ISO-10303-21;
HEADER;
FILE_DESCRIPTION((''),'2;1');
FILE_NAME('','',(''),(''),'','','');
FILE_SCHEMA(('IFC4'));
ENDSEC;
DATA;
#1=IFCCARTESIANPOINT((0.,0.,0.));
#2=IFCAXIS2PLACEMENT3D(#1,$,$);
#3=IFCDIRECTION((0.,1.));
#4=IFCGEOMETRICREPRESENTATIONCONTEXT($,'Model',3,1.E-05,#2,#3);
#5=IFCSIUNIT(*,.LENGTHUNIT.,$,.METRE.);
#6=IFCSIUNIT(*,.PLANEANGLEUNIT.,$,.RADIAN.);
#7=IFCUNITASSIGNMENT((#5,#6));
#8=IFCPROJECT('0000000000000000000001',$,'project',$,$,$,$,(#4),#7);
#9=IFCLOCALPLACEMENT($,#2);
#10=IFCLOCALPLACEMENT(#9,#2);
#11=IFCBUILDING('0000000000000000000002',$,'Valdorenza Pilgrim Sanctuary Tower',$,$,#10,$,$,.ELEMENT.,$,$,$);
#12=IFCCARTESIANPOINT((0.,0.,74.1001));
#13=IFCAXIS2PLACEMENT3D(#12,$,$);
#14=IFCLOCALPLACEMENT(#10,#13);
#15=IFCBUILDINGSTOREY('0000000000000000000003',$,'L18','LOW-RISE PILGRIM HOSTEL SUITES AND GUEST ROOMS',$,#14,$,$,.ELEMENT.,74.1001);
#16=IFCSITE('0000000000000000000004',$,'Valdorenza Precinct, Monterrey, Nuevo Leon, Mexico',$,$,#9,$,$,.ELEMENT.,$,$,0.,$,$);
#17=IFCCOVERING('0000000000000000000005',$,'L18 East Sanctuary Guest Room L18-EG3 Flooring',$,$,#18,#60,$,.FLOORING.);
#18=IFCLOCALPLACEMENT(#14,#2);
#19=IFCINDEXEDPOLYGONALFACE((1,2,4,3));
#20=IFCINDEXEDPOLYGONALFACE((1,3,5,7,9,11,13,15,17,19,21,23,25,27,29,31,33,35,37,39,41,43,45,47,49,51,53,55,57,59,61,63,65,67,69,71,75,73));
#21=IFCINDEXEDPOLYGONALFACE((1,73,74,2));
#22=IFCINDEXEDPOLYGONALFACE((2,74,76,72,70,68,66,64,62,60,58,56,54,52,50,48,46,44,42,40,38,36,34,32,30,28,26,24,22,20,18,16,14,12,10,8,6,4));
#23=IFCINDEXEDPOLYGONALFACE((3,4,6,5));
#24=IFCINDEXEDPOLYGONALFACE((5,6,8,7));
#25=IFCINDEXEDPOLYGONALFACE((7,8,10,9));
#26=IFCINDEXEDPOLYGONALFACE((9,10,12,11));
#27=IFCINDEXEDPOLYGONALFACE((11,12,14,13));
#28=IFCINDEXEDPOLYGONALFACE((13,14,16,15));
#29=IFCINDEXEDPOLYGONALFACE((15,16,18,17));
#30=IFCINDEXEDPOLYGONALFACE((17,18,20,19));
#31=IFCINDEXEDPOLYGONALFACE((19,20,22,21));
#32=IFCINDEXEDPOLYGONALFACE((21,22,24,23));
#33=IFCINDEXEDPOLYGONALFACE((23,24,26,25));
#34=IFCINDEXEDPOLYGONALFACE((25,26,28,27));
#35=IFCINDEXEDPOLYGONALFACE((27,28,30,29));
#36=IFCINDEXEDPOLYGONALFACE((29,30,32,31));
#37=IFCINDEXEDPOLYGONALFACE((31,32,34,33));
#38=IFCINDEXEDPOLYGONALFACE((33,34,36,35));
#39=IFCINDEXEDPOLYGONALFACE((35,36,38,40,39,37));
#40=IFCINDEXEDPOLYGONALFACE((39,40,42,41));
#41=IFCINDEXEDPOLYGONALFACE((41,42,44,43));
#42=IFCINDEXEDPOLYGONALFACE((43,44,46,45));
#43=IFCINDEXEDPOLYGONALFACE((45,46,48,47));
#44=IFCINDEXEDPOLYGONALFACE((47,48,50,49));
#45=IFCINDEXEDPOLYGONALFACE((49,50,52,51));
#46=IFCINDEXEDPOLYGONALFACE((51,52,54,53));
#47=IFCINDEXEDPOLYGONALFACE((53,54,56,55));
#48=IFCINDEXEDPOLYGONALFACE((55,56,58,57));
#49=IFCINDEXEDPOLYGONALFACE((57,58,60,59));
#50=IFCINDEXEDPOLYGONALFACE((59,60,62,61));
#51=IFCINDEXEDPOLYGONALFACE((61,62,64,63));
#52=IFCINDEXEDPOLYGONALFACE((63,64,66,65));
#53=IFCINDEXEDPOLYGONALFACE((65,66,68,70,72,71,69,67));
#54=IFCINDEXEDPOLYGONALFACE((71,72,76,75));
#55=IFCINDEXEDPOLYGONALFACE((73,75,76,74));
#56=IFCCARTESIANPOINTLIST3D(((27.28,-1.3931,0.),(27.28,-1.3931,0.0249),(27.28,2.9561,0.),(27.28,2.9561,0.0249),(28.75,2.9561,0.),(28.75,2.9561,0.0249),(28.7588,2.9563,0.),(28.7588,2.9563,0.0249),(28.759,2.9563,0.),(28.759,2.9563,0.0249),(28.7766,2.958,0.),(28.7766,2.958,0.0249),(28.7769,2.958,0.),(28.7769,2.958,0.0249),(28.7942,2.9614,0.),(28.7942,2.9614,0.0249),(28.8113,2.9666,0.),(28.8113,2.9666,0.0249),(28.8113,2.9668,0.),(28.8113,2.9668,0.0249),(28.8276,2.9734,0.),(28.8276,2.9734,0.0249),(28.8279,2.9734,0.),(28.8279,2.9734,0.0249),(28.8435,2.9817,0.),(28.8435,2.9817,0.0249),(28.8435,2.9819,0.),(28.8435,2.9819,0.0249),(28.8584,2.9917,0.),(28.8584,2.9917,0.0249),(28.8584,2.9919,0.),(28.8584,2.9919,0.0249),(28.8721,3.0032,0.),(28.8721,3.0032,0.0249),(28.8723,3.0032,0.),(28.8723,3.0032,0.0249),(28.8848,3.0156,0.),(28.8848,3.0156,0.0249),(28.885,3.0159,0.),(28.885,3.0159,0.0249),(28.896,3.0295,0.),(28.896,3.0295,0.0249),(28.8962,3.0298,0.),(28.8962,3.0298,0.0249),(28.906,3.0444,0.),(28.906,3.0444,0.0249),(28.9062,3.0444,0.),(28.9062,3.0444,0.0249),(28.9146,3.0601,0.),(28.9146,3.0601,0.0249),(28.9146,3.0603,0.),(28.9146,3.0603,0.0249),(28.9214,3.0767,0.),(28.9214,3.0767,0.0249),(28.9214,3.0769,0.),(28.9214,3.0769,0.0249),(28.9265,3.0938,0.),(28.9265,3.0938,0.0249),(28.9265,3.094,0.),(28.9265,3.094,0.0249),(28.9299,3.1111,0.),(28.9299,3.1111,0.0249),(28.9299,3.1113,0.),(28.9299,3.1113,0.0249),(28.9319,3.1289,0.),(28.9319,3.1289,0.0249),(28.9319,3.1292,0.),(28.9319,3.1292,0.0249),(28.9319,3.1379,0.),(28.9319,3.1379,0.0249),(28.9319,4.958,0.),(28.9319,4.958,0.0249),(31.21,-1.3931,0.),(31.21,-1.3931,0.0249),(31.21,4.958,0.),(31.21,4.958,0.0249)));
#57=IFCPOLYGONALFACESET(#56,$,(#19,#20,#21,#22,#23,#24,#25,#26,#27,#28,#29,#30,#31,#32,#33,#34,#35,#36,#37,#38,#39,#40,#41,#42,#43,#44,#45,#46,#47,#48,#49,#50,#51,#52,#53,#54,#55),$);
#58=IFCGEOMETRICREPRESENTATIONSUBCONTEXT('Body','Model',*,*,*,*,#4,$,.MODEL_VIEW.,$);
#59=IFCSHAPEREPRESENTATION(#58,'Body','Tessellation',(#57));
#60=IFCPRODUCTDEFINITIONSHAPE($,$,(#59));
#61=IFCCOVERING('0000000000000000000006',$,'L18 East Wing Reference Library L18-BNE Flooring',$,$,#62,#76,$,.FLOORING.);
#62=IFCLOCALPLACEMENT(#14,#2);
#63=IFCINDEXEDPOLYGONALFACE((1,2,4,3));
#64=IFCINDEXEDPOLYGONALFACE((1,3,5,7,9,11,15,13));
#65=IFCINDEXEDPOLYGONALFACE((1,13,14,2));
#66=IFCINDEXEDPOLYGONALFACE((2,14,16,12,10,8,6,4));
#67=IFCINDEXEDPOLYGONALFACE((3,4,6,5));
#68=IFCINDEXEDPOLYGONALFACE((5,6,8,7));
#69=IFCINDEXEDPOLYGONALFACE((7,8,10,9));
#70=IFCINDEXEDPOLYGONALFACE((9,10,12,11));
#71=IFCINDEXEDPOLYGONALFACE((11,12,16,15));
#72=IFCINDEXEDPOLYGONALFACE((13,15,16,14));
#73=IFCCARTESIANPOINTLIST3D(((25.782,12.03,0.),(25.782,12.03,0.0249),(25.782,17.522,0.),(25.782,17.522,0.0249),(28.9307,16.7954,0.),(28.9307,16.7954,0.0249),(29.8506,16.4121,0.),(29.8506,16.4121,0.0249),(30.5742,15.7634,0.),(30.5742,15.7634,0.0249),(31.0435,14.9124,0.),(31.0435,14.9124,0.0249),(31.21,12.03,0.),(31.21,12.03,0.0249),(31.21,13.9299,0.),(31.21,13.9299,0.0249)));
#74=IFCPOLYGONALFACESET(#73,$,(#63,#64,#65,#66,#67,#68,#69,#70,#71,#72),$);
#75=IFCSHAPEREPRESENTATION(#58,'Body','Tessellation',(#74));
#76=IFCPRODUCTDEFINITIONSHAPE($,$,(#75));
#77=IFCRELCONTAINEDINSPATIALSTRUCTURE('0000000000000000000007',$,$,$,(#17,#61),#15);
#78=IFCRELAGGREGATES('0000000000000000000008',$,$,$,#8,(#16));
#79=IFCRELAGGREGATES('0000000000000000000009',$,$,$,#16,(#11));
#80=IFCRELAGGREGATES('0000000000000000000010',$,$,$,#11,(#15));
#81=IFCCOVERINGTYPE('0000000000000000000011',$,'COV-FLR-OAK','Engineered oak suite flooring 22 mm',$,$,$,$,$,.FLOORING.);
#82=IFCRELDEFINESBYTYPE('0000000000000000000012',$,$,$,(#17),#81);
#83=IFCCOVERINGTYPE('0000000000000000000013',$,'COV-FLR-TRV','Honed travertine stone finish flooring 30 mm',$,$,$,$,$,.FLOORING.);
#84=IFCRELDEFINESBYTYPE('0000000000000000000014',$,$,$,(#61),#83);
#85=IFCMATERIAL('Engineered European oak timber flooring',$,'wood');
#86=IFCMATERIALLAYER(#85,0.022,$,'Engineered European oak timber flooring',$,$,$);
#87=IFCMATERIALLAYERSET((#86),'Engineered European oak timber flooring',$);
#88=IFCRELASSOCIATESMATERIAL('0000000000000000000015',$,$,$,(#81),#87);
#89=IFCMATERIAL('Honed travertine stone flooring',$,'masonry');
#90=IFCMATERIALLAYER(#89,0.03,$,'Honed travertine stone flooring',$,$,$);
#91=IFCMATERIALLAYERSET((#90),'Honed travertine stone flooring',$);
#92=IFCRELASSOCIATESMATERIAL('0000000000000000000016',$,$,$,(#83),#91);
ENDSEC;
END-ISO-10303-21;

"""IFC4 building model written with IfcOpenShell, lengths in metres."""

from ifc_helpers import new_model, si_unit, direction, frame, origin, place, context, subcontext, project, spatial, polyline, outline, extrude, material, layer, layer_set, type_object, element, save


model = new_model("IFC4")

# Units and contexts
model_context = context("Model", 3, precision=1e-05, world=origin(), true_north=direction((0.0, 1.0)))
body_context = subcontext(model_context, "Body", "Model", "MODEL_VIEW")
ifc_project = project(units=[si_unit("LENGTHUNIT", "METRE"), si_unit("PLANEANGLEUNIT", "RADIAN")], contexts=[model_context])

# Site, building, storey
site_placement = place(None, origin())
site = spatial("IfcSite", under=ifc_project, at=site_placement, Name="Valdorenza Precinct, Monterrey, Nuevo Leon, Mexico", CompositionType="ELEMENT", RefElevation=0.0)
building_placement = place(site_placement, origin())
building = spatial("IfcBuilding", under=site, at=building_placement, Name="Valdorenza Pilgrim Sanctuary Tower", CompositionType="ELEMENT")
storey_placement = place(building_placement, frame((0.0, 0.0, 74.1001)))
storey = spatial("IfcBuildingStorey", under=building, at=storey_placement, Name="L18", Description="LOW-RISE PILGRIM HOSTEL SUITES AND GUEST ROOMS", CompositionType="ELEMENT", Elevation=74.1001)

# Coverings
ifc_material_1 = material(Name="Engineered European oak timber flooring", Category="wood")
ifc_layer_1 = layer(ifc_material_1, 0.022, Name="Engineered European oak timber flooring")
ifc_layer_set_1 = layer_set([ifc_layer_1], Name="Engineered European oak timber flooring")
covering_type_1 = type_object("IfcCoveringType", Name="COV-FLR-OAK", Description="Engineered oak suite flooring 22 mm", PredefinedType="FLOORING", material=ifc_layer_set_1)
covering_1_placement = place(storey_placement, origin())
element("IfcCovering", 1, at=covering_1_placement, inside=storey, type_object=covering_type_1, Name="L18 East Sanctuary Guest Room L18-EG3 Flooring", PredefinedType="FLOORING", context=body_context, shape_type="SweptSolid", body=[
    extrude(outline(polyline([(27.28, 2.9561), (28.75, 2.9561), (28.7588, 2.9563), (28.759, 2.9563), (28.7766, 2.958), (28.7769, 2.958), (28.7942, 2.9614), (28.7942, 2.9614), (28.8113, 2.9666), (28.8113, 2.9668), (28.8276, 2.9734), (28.8279, 2.9734), (28.8435, 2.9817), (28.8435, 2.9819), (28.8584, 2.9917), (28.8584, 2.9919), (28.8721, 3.0032), (28.8723, 3.0032), (28.8848, 3.0156), (28.885, 3.0159), (28.896, 3.0295), (28.8962, 3.0298), (28.906, 3.0444), (28.9062, 3.0444), (28.9146, 3.0601), (28.9146, 3.0603), (28.9214, 3.0767), (28.9214, 3.0769), (28.9265, 3.0938), (28.9265, 3.094), (28.9299, 3.1111), (28.9299, 3.1113), (28.9319, 3.1289), (28.9319, 3.1292), (28.9319, 3.1379), (28.9319, 4.958), (31.21, 4.958), (31.21, -1.3931), (27.28, -1.3931), (27.28, 2.9561)])), origin(), (0.0, 0.0, 1.0), 0.0249),
])
ifc_material_2 = material(Name="Honed travertine stone flooring", Category="masonry")
ifc_layer_2 = layer(ifc_material_2, 0.03, Name="Honed travertine stone flooring")
ifc_layer_set_2 = layer_set([ifc_layer_2], Name="Honed travertine stone flooring")
covering_type_2 = type_object("IfcCoveringType", Name="COV-FLR-TRV", Description="Honed travertine stone finish flooring 30 mm", PredefinedType="FLOORING", material=ifc_layer_set_2)
covering_2_placement = place(storey_placement, origin())
element("IfcCovering", 2, at=covering_2_placement, inside=storey, type_object=covering_type_2, Name="L18 East Wing Reference Library L18-BNE Flooring", PredefinedType="FLOORING", context=body_context, shape_type="SweptSolid", body=[
    extrude(outline(polyline([(28.9307, 16.7954), (29.8506, 16.4121), (30.5742, 15.7634), (31.0435, 14.9124), (31.21, 13.9299), (31.21, 12.03), (25.782, 12.03), (25.782, 17.522), (28.9307, 16.7954)])), origin(), (0.0, 0.0, 1.0), 0.0249),
])

save(model, "model.ifc")
